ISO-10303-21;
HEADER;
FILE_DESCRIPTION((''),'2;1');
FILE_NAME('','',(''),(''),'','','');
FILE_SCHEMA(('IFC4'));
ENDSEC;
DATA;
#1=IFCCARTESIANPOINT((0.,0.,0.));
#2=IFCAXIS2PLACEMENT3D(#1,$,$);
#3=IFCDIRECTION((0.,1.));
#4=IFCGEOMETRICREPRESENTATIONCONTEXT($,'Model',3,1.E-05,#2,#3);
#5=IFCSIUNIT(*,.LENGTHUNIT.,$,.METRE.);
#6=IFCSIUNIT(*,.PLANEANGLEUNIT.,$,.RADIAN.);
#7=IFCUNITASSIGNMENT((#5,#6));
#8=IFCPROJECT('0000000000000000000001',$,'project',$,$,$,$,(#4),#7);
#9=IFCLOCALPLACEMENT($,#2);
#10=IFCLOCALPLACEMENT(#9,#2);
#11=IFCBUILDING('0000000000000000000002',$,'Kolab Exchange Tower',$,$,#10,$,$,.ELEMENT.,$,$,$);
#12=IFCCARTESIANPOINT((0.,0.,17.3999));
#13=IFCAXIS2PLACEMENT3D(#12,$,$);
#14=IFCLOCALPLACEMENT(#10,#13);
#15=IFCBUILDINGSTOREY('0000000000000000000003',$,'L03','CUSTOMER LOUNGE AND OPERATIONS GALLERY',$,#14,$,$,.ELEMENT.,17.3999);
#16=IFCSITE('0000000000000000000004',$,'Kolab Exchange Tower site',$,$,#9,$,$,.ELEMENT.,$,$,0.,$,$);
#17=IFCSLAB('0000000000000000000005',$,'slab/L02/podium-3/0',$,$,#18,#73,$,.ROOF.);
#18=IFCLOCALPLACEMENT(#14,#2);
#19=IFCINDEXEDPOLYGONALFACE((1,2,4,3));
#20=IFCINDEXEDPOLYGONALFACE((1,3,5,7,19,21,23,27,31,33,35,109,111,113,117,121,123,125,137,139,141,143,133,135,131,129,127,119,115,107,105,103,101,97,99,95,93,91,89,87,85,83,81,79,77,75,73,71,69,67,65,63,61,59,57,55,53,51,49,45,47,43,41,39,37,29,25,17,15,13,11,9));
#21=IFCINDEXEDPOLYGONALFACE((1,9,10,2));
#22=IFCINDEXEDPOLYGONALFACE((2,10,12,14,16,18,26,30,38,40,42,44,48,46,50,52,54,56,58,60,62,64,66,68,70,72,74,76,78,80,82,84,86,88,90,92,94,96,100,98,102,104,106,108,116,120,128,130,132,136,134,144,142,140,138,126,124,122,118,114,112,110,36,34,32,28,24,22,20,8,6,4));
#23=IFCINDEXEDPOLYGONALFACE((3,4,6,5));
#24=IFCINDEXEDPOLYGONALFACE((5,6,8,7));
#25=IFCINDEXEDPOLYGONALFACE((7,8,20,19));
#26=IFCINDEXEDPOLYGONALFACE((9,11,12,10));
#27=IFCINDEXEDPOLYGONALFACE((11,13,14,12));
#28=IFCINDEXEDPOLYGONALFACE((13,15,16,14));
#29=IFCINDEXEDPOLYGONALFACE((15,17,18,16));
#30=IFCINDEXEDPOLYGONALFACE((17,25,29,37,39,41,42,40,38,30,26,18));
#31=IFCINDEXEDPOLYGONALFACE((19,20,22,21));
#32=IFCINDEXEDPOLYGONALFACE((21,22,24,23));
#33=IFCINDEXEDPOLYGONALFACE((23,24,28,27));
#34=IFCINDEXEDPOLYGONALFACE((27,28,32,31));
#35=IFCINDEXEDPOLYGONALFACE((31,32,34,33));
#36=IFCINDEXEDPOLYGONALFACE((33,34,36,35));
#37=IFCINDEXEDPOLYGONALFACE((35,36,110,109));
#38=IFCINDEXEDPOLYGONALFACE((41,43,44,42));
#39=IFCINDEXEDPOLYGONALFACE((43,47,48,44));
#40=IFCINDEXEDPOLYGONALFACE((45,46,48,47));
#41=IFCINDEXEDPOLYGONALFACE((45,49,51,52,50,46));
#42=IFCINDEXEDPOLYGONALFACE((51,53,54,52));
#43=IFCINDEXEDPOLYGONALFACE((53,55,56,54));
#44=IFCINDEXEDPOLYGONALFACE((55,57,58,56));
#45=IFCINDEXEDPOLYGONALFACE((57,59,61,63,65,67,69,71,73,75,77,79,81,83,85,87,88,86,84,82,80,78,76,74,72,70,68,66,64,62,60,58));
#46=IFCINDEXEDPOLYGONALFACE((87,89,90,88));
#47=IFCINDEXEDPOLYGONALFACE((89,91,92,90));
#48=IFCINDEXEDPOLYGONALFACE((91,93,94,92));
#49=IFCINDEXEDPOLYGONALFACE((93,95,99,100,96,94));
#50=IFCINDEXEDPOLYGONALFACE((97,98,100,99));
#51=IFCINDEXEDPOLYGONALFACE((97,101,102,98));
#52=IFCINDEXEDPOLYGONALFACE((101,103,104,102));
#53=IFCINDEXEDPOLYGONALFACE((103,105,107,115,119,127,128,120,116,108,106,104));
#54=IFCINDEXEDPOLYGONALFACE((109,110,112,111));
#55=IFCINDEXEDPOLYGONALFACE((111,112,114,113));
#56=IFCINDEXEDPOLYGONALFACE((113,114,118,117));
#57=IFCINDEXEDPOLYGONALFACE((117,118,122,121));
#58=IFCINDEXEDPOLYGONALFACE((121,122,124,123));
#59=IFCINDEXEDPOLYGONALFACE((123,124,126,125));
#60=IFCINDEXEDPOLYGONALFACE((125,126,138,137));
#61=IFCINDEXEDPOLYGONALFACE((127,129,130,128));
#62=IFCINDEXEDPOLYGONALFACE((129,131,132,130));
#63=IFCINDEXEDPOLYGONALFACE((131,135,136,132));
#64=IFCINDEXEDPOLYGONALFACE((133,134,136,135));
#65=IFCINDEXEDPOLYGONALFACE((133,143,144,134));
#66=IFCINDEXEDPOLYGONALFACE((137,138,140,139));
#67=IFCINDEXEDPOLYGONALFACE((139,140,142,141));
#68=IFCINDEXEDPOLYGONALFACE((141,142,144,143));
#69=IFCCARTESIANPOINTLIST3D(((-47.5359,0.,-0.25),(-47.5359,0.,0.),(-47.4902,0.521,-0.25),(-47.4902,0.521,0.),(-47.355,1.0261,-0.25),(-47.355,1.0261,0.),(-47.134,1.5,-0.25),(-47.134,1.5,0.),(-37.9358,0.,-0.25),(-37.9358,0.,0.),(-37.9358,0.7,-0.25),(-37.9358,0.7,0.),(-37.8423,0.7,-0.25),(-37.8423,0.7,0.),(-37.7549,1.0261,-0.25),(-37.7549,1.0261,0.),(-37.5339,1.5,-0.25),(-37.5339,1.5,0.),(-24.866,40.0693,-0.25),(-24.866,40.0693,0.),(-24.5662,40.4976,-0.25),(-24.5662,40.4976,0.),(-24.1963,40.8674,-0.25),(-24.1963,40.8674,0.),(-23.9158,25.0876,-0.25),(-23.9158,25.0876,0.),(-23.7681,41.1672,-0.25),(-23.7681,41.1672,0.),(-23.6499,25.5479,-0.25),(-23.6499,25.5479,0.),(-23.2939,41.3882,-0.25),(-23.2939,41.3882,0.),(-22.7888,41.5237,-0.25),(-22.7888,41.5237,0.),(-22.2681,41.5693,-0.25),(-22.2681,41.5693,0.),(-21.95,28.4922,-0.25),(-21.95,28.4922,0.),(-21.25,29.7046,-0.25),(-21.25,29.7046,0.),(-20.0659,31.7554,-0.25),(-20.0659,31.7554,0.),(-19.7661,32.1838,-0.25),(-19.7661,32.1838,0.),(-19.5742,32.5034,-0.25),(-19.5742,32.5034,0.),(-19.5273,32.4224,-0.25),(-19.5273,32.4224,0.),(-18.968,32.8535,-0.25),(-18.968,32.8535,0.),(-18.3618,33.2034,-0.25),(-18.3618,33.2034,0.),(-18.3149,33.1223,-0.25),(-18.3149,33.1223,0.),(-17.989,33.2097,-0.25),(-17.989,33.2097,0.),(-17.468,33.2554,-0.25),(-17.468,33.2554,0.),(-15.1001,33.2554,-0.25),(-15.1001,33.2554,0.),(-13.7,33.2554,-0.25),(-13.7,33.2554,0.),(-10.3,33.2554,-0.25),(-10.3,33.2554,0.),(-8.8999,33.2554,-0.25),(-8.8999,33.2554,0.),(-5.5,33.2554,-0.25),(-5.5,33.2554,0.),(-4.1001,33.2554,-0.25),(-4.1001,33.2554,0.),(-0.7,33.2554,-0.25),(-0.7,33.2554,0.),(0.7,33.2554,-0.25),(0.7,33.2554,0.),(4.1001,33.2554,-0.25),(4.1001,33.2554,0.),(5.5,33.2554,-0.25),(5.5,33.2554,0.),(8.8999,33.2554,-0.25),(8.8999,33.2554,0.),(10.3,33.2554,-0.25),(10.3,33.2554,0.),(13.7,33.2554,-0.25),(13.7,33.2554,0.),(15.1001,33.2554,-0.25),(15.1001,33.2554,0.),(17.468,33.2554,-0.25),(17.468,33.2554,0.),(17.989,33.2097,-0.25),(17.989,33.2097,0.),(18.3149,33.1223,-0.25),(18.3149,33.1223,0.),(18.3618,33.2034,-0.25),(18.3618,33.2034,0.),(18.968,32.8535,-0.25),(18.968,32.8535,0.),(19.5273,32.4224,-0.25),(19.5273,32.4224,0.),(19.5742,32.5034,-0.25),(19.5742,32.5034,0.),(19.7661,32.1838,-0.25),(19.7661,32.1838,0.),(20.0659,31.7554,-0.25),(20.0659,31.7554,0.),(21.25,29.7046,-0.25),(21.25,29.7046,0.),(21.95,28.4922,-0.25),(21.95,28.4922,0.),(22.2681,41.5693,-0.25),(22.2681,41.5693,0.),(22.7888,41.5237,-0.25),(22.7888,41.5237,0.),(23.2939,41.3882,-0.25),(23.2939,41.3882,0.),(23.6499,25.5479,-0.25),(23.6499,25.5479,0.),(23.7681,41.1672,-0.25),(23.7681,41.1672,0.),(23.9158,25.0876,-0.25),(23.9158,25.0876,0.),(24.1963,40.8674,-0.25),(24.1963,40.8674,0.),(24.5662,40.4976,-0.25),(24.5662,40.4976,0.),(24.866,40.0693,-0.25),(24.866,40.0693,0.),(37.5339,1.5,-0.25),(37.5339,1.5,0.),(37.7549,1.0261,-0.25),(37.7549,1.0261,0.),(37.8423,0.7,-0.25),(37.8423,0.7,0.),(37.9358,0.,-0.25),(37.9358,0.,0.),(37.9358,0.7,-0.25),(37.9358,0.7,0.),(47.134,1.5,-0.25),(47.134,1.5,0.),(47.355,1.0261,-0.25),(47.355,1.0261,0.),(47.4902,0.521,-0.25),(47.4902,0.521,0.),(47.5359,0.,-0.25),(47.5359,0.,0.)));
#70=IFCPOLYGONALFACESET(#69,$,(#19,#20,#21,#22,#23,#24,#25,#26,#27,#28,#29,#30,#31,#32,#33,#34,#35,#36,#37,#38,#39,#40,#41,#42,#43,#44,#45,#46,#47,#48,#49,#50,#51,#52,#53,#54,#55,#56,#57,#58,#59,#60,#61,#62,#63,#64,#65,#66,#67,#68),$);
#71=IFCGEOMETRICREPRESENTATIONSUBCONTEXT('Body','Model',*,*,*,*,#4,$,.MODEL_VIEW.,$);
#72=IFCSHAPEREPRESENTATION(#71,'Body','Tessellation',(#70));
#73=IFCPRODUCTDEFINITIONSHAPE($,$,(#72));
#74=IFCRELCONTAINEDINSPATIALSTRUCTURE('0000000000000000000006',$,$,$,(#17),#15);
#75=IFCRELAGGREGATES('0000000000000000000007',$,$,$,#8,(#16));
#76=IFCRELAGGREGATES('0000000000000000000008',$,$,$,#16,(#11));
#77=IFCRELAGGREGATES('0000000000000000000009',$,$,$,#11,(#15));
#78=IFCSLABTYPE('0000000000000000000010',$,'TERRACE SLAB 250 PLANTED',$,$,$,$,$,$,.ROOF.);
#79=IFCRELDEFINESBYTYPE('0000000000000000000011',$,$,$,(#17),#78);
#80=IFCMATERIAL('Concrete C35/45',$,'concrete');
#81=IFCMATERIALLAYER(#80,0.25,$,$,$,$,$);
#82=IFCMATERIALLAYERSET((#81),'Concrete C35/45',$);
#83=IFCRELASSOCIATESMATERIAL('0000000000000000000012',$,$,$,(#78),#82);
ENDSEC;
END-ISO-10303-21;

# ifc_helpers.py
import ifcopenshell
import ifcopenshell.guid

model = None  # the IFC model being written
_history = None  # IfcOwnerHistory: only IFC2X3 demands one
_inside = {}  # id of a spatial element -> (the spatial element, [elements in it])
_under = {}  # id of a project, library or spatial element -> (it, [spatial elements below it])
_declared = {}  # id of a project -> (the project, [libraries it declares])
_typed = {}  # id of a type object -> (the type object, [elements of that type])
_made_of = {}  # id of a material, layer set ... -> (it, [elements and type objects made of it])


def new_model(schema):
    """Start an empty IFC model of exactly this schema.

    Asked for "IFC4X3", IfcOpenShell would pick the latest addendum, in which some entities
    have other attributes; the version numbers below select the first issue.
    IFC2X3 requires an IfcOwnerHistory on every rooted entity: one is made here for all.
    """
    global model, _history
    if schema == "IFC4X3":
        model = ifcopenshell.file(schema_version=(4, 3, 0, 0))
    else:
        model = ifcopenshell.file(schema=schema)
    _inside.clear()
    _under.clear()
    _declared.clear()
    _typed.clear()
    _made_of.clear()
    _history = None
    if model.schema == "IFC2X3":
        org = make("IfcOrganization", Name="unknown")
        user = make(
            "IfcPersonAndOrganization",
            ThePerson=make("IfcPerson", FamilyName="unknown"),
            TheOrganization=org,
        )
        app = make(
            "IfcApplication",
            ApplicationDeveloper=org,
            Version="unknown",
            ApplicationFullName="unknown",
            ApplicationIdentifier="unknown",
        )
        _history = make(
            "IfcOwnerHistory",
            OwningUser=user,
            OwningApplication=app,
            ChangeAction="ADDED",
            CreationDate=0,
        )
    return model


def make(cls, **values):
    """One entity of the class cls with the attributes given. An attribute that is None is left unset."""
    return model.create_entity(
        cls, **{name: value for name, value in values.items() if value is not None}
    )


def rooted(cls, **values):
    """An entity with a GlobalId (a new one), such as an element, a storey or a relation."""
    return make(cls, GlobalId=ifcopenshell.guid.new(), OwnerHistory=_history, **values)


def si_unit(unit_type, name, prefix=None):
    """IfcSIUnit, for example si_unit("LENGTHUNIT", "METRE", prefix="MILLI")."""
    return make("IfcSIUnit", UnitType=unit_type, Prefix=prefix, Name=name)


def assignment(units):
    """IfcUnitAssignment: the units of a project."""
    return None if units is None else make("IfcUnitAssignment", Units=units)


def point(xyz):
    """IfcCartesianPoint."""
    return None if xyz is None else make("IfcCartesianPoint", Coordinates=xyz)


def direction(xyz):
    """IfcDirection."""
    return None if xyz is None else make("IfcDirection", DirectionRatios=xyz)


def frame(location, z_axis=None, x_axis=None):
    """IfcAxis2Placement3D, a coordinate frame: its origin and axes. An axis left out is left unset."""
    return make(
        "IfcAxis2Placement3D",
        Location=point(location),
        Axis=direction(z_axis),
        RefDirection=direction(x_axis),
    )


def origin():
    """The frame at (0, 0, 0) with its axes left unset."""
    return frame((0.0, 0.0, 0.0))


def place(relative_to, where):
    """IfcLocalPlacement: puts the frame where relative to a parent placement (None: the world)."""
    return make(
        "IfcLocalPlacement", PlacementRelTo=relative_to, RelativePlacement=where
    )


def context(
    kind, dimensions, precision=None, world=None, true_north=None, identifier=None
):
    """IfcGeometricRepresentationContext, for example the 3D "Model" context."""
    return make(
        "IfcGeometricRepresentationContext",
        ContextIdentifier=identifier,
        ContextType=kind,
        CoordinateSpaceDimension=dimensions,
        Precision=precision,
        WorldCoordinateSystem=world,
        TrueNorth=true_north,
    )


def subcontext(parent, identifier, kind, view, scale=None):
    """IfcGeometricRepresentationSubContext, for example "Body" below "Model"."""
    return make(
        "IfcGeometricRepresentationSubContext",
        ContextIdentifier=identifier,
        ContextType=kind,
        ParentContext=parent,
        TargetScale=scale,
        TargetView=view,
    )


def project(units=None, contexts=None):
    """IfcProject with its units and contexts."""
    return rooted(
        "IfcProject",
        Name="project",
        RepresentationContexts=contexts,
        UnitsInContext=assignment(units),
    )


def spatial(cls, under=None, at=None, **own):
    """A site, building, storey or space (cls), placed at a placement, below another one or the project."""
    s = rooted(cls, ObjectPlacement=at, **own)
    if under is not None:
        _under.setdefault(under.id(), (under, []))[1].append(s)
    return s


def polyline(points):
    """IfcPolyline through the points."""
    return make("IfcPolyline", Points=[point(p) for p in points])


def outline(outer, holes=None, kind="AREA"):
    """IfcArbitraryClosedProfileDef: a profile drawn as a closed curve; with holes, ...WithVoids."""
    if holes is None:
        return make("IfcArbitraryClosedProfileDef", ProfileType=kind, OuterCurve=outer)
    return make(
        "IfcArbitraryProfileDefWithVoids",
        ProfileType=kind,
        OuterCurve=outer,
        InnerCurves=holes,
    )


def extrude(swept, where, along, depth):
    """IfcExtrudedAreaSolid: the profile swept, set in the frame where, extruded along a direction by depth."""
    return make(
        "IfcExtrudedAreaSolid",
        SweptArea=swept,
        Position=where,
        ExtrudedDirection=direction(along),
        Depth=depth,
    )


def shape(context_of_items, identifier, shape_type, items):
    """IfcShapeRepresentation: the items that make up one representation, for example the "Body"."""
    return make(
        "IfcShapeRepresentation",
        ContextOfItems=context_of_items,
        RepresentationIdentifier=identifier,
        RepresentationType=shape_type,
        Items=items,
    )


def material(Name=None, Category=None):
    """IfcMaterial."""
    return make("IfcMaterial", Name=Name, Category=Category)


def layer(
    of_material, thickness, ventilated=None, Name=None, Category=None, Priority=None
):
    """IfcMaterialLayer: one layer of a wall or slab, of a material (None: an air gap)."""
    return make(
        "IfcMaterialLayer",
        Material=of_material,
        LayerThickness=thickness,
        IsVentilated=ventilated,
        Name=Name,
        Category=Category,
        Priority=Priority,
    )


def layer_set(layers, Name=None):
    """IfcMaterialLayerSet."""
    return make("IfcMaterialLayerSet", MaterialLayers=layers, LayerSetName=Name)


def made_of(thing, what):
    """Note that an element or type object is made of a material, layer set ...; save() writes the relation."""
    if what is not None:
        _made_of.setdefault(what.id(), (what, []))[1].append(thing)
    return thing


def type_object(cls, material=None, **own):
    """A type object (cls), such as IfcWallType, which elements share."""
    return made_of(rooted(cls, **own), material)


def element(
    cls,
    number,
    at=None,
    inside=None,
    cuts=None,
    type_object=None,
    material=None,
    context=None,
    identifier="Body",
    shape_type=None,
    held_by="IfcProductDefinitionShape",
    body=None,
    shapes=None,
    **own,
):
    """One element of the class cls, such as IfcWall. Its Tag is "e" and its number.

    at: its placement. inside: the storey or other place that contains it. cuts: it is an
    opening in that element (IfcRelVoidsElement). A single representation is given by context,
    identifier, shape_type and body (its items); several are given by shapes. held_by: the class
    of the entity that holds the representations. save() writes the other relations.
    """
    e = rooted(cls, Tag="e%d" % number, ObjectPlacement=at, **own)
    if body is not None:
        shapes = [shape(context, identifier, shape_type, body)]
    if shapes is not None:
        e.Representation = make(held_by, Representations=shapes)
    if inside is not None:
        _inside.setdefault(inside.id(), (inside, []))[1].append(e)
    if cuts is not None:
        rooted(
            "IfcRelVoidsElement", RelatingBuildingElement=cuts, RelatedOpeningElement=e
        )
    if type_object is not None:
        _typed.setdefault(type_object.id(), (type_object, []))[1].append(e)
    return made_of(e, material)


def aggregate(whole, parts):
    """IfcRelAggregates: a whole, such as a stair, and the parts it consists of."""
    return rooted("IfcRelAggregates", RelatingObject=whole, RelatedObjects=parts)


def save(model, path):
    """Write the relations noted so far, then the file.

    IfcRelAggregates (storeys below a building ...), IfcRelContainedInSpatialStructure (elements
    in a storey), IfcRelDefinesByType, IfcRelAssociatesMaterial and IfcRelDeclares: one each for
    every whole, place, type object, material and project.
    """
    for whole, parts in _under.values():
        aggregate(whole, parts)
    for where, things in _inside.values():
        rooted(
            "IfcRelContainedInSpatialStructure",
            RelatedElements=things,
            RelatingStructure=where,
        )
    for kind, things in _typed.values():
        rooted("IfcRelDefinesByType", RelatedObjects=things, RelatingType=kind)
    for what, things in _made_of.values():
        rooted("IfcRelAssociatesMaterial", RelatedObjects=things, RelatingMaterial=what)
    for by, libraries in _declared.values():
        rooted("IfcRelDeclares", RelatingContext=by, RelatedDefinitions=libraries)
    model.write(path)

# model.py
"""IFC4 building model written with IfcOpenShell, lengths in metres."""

from ifc_helpers import new_model, si_unit, direction, frame, origin, place, context, subcontext, project, spatial, polyline, outline, extrude, material, layer, layer_set, type_object, element, save


model = new_model("IFC4")

# Units and contexts
model_context = context("Model", 3, precision=1e-05, world=origin(), true_north=direction((0.0, 1.0)))
body_context = subcontext(model_context, "Body", "Model", "MODEL_VIEW")
ifc_project = project(units=[si_unit("LENGTHUNIT", "METRE"), si_unit("PLANEANGLEUNIT", "RADIAN")], contexts=[model_context])

# Site, building, storey
site_placement = place(None, origin())
site = spatial("IfcSite", under=ifc_project, at=site_placement, Name="Kolab Exchange Tower site", CompositionType="ELEMENT", RefElevation=0.0)
building_placement = place(site_placement, origin())
building = spatial("IfcBuilding", under=site, at=building_placement, Name="Kolab Exchange Tower", CompositionType="ELEMENT")
storey_placement = place(building_placement, frame((0.0, 0.0, 17.3999)))
storey = spatial("IfcBuildingStorey", under=building, at=storey_placement, Name="L03", Description="CUSTOMER LOUNGE AND OPERATIONS GALLERY", CompositionType="ELEMENT", Elevation=17.3999)

# Slab
ifc_material = material(Name="Concrete C35/45", Category="concrete")
ifc_layer_1 = layer(ifc_material, 0.25)
ifc_layer_set_1 = layer_set([ifc_layer_1], Name="Concrete C35/45")
slab_type_1 = type_object("IfcSlabType", Name="TERRACE SLAB 250 PLANTED", PredefinedType="ROOF", material=ifc_layer_set_1)
slab_1_placement = place(storey_placement, frame((0.0, 0.0, -0.25)))
element("IfcSlab", 1, at=slab_1_placement, inside=storey, type_object=slab_type_1, Name="slab/L02/podium-3/0", PredefinedType="ROOF", context=body_context, shape_type="SweptSolid", body=[
    extrude(outline(polyline([(-47.5359, 0.0), (-37.9358, 0.0), (-37.9358, 0.7), (-37.8423, 0.7), (-37.7549, 1.0261), (-37.5339, 1.5), (-23.9158, 25.0876), (-23.6499, 25.5479), (-21.95, 28.4922), (-21.25, 29.7046), (-20.0659, 31.7554), (-19.7661, 32.1838), (-19.5273, 32.4224), (-19.5742, 32.5034), (-18.968, 32.8535), (-18.3618, 33.2034), (-18.3149, 33.1223), (-17.989, 33.2097), (-17.468, 33.2554), (-15.1001, 33.2554), (-13.7, 33.2554), (-10.3, 33.2554), (-8.8999, 33.2554), (-5.5, 33.2554), (-4.1001, 33.2554), (-0.7, 33.2554), (0.7, 33.2554), (4.1001, 33.2554), (5.5, 33.2554), (8.8999, 33.2554), (10.3, 33.2554), (13.7, 33.2554), (15.1001, 33.2554), (17.468, 33.2554), (17.989, 33.2097), (18.3149, 33.1223), (18.3618, 33.2034), (18.968, 32.8535), (19.5742, 32.5034), (19.5273, 32.4224), (19.7661, 32.1838), (20.0659, 31.7554), (21.25, 29.7046), (21.95, 28.4922), (23.6499, 25.5479), (23.9158, 25.0876), (37.5339, 1.5), (37.7549, 1.0261), (37.8423, 0.7), (37.9358, 0.7), (37.9358, 0.0), (47.5359, 0.0), (47.4902, 0.521), (47.355, 1.0261), (47.134, 1.5), (24.866, 40.0693), (24.5662, 40.4976), (24.1963, 40.8674), (23.7681, 41.1672), (23.2939, 41.3882), (22.7888, 41.5237), (22.2681, 41.5693), (-22.2681, 41.5693), (-22.7888, 41.5237), (-23.2939, 41.3882), (-23.7681, 41.1672), (-24.1963, 40.8674), (-24.5662, 40.4976), (-24.866, 40.0693), (-47.134, 1.5), (-47.355, 1.0261), (-47.4902, 0.521), (-47.5359, 0.0)])), origin(), (0.0, 0.0, 1.0), 0.25),
])

save(model, "model.ifc")
